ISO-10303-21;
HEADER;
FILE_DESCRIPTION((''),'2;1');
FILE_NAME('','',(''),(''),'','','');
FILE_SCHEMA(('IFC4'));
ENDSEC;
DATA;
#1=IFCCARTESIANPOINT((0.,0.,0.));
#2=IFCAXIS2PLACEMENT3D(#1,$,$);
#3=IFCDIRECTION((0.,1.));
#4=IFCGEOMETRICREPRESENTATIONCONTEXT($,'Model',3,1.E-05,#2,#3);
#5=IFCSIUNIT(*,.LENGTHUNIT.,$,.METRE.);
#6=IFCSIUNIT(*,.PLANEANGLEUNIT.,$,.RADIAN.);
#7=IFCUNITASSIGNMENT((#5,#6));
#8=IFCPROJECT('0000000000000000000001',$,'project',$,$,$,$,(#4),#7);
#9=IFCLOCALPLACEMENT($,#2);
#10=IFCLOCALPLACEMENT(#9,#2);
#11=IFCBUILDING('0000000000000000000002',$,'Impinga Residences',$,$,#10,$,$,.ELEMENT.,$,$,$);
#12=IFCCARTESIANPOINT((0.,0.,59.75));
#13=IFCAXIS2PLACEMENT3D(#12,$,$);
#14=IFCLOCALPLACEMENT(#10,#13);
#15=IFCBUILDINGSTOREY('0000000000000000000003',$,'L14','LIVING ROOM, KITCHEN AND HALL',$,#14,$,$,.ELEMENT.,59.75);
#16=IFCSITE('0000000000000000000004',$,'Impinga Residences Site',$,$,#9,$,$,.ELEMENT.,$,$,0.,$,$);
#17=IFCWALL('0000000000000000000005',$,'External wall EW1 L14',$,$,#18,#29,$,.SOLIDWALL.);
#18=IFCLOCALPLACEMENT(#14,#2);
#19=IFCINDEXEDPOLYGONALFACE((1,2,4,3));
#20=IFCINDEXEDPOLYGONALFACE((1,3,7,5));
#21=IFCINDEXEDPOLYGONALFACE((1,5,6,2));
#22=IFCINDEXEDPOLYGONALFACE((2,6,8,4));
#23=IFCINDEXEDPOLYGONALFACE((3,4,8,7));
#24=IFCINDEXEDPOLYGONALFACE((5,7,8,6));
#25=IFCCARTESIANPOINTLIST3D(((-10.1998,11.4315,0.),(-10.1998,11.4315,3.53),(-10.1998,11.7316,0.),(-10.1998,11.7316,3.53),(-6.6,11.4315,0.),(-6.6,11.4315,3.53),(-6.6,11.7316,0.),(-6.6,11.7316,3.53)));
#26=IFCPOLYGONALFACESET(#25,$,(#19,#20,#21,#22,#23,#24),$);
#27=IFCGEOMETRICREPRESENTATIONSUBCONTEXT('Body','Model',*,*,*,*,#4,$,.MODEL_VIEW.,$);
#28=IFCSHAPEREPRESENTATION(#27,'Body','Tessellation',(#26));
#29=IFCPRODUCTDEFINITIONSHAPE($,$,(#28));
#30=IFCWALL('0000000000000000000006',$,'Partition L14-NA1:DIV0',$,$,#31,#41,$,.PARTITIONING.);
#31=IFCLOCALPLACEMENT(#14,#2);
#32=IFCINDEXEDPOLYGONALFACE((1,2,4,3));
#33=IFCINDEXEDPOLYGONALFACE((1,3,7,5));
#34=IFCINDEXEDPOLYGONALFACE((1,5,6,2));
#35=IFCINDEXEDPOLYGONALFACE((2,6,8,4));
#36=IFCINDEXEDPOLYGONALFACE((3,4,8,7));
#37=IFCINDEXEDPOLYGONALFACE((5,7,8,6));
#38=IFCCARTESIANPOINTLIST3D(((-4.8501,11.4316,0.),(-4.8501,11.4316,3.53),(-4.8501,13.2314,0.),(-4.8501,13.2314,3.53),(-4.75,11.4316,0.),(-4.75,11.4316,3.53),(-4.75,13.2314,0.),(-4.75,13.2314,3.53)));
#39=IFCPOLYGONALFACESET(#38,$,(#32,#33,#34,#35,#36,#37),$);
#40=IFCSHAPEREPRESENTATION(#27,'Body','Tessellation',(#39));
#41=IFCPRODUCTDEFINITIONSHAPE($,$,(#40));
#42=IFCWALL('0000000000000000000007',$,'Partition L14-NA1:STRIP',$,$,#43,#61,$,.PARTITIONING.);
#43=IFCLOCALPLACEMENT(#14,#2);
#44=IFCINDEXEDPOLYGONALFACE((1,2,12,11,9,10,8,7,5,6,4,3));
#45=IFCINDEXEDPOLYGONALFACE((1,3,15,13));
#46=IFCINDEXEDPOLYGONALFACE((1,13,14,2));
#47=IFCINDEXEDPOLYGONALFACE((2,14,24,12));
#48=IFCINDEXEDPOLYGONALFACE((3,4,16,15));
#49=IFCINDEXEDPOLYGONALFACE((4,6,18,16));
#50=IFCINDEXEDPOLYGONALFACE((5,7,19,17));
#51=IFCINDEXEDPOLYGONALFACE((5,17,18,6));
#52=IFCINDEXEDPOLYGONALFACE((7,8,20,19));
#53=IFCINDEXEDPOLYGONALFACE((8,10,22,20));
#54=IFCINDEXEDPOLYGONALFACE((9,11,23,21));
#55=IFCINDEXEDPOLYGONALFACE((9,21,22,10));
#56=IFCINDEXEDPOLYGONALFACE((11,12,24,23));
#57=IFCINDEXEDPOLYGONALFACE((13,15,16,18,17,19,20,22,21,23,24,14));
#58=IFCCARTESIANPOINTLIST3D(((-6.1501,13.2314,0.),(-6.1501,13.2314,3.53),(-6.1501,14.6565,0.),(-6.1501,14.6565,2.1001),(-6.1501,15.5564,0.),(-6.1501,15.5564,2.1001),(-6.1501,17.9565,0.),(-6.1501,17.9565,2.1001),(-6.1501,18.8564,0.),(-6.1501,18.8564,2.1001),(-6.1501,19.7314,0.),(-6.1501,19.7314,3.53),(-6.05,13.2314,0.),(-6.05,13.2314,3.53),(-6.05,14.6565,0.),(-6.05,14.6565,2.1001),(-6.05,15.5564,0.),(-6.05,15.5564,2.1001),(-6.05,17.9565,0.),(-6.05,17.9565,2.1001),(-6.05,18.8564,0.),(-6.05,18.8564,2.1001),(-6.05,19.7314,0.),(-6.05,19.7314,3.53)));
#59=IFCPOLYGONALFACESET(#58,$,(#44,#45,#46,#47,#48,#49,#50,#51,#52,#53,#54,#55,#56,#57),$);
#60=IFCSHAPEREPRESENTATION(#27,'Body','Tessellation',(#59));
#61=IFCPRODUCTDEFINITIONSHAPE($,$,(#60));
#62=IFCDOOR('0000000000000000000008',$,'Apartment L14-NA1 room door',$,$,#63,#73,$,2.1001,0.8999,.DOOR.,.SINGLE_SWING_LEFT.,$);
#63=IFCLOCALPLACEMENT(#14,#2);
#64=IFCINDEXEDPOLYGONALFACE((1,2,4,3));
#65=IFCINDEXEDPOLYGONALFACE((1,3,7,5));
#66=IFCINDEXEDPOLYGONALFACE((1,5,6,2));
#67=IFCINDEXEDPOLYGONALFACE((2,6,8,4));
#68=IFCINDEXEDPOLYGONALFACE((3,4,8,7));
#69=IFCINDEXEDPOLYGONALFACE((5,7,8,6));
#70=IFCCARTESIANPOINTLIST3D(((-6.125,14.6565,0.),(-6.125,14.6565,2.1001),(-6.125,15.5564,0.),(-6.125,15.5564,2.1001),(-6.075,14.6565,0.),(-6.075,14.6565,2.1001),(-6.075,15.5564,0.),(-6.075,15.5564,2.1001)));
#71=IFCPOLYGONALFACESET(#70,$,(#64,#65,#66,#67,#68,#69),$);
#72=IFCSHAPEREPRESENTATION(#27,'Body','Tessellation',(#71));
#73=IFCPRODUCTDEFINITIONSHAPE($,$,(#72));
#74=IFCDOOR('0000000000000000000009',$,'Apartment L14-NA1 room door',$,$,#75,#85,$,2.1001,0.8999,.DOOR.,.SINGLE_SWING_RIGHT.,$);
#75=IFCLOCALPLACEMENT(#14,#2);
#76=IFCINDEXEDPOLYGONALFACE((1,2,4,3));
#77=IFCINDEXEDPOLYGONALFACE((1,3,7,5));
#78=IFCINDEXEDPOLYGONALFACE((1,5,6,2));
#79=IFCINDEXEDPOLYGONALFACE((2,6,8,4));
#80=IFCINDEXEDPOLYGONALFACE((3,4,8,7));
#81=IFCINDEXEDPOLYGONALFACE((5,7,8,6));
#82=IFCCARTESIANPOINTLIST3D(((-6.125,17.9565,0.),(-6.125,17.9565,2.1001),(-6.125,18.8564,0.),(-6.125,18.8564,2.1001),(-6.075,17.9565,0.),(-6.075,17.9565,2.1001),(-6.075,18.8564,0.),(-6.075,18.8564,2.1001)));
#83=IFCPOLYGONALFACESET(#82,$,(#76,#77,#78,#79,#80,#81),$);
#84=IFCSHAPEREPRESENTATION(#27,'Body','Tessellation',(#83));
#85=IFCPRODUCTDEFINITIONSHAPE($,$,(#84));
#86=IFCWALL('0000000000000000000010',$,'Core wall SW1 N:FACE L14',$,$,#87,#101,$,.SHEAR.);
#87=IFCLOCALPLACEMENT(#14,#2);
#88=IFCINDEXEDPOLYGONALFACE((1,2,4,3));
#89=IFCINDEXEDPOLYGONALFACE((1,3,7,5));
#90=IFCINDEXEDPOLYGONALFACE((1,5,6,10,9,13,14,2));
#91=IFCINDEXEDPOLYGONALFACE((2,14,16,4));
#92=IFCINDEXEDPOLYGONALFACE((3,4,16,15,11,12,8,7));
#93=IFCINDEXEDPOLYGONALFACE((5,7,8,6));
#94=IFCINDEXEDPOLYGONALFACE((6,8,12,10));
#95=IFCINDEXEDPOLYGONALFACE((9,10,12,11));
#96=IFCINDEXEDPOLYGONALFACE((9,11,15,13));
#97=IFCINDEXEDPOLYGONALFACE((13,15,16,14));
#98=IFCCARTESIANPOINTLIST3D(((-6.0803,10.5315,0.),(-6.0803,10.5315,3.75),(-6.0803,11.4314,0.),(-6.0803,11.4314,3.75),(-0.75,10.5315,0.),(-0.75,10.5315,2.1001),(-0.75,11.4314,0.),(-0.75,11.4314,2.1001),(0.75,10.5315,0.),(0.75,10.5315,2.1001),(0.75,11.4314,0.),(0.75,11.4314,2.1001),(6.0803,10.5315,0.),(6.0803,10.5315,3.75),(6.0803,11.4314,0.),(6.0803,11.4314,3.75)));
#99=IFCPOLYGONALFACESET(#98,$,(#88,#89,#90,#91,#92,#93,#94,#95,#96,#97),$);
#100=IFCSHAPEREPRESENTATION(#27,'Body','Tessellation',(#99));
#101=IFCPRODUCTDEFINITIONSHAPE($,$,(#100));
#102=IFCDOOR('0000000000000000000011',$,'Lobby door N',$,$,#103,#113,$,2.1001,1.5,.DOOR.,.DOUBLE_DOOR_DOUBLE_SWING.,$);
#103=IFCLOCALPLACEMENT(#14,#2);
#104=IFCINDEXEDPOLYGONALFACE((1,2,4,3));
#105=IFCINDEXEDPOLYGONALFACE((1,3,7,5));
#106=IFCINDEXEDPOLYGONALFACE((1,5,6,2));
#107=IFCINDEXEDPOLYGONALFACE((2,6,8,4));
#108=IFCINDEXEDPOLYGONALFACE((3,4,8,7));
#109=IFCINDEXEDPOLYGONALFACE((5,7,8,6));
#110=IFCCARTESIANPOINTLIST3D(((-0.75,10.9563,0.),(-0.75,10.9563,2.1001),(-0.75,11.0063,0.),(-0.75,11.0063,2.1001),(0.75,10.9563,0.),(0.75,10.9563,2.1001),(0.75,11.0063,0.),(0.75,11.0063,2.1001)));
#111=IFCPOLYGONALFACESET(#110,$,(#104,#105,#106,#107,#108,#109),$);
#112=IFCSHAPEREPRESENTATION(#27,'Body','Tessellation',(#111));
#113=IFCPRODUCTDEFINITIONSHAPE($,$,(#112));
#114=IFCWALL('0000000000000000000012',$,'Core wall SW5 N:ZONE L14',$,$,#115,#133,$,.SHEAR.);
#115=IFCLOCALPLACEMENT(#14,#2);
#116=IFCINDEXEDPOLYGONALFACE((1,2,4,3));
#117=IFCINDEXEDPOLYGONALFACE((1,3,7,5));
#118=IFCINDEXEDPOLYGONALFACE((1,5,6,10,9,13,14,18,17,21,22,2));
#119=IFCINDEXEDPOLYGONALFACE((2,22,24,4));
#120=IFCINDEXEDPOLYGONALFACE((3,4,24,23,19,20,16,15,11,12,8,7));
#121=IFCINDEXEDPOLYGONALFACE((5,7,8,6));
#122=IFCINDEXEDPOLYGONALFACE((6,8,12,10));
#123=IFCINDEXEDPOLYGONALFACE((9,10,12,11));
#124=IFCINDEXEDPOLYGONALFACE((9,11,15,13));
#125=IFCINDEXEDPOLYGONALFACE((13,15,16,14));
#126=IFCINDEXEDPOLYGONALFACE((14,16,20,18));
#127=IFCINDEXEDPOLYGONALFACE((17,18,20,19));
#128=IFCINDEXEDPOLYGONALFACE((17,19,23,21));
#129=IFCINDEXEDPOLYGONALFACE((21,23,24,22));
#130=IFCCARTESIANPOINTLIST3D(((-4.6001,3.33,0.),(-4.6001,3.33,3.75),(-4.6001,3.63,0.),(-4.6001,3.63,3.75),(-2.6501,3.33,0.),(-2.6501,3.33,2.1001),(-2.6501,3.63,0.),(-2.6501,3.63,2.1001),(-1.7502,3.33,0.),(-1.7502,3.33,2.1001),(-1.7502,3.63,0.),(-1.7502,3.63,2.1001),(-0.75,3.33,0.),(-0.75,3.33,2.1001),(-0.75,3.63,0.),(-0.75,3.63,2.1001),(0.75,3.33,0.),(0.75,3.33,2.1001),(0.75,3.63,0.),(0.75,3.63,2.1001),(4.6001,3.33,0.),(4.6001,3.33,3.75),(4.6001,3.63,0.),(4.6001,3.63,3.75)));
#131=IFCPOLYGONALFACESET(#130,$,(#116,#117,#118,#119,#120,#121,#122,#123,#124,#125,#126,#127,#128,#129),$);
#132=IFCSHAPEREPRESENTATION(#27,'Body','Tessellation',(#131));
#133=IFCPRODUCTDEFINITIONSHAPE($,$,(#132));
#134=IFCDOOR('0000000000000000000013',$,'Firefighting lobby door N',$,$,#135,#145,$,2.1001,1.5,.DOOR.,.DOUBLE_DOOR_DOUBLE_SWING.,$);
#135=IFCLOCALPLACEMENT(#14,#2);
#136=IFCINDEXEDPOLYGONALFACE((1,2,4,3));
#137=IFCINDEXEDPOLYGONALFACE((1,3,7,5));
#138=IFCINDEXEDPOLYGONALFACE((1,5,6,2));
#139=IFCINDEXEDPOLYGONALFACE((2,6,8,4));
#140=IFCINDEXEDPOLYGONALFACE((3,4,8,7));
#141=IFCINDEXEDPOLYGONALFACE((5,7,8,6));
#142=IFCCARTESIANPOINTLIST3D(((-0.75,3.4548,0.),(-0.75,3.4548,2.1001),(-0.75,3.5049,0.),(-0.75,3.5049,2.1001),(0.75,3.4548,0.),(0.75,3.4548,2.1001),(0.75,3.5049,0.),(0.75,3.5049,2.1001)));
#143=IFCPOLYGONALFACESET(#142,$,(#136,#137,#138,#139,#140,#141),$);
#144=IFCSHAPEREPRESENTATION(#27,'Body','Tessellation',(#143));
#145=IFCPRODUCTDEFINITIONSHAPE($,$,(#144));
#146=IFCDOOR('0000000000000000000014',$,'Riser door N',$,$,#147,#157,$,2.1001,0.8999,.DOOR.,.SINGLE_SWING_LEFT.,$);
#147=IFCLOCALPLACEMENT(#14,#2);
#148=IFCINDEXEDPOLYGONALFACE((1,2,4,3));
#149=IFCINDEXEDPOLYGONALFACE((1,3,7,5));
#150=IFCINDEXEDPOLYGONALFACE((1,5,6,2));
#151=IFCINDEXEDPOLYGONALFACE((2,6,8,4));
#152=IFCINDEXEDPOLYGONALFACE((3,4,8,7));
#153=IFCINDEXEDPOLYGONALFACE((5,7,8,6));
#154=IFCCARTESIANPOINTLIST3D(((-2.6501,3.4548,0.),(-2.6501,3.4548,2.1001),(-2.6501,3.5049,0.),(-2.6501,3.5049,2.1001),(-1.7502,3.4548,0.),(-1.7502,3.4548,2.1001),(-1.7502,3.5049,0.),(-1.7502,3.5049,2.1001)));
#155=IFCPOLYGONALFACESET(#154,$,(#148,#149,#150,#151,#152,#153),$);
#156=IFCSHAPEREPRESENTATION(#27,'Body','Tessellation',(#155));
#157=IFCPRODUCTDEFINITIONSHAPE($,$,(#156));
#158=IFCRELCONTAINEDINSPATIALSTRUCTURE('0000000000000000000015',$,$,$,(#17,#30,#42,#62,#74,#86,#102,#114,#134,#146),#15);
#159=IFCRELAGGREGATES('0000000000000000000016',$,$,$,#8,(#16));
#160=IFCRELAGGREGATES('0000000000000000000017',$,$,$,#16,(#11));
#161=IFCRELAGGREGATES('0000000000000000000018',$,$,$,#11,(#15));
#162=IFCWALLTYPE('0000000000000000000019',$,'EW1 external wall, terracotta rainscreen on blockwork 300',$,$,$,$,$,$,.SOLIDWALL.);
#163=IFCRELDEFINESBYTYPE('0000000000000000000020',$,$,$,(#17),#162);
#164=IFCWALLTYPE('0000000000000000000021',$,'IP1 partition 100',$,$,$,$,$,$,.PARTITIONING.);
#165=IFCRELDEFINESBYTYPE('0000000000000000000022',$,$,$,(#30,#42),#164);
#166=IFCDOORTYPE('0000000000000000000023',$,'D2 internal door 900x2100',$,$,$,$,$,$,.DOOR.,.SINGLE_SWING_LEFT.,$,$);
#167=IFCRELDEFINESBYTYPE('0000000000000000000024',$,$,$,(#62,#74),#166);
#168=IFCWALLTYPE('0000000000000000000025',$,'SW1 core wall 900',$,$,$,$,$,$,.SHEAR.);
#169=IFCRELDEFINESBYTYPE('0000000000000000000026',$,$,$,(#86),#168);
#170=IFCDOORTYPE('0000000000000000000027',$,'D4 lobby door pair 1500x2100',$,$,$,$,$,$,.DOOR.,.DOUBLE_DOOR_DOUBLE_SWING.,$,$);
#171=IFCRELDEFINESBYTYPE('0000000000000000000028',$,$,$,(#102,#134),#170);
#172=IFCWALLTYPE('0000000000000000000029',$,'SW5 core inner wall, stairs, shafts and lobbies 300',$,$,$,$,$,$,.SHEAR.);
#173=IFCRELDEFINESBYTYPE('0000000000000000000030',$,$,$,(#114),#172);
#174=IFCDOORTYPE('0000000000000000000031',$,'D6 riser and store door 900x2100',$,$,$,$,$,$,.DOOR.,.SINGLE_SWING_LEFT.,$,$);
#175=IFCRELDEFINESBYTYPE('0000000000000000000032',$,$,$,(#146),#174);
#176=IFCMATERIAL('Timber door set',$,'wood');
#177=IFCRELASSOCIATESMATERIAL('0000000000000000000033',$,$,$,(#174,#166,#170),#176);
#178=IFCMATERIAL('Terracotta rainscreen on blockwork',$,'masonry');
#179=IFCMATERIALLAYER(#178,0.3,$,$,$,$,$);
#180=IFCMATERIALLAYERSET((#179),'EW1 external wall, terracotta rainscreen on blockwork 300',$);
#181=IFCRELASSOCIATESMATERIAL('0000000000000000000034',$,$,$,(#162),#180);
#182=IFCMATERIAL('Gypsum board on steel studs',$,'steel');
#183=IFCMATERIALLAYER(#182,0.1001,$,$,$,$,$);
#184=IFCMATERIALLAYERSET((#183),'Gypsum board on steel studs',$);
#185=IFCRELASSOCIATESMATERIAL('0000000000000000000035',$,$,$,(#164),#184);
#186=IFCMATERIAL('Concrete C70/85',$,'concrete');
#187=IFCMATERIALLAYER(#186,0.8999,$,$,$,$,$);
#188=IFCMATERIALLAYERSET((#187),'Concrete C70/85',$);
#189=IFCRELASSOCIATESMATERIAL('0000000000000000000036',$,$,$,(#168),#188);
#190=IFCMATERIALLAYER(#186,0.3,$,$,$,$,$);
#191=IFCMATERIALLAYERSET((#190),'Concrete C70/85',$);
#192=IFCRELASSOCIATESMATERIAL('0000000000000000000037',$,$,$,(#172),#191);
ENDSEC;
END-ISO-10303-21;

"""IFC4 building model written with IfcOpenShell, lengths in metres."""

from ifc_helpers import new_model, si_unit, direction, frame, frame_2d, origin, place, context, subcontext, project, spatial, rectangle, extrude, material, layer, layer_set, type_object, element, fill, save


model = new_model("IFC4")

# Units and contexts
model_context = context("Model", 3, precision=1e-05, world=origin(), true_north=direction((0.0, 1.0)))
body_context = subcontext(model_context, "Body", "Model", "MODEL_VIEW")
ifc_project = project(units=[si_unit("LENGTHUNIT", "METRE"), si_unit("PLANEANGLEUNIT", "RADIAN")], contexts=[model_context])

# Site, building, storey
site_placement = place(None, origin())
site = spatial("IfcSite", under=ifc_project, at=site_placement, Name="Impinga Residences Site", CompositionType="ELEMENT", RefElevation=0.0)
building_placement = place(site_placement, origin())
building = spatial("IfcBuilding", under=site, at=building_placement, Name="Impinga Residences", CompositionType="ELEMENT")
storey_placement = place(building_placement, frame((0.0, 0.0, 59.75)))
storey = spatial("IfcBuildingStorey", under=building, at=storey_placement, Name="L14", Description="LIVING ROOM, KITCHEN AND HALL", CompositionType="ELEMENT", Elevation=59.75)

# Shared definitions
ifc_material_1 = material(Name="Concrete C70/85", Category="concrete")
ifc_material_2 = material(Name="Timber door set", Category="wood")
door_type_1 = type_object("IfcDoorType", Name="D6 riser and store door 900x2100", OperationType="SINGLE_SWING_LEFT", PredefinedType="DOOR", material=ifc_material_2)

# Walls
ifc_material_3 = material(Name="Terracotta rainscreen on blockwork", Category="masonry")
ifc_layer_1 = layer(ifc_material_3, 0.3)
ifc_layer_set_1 = layer_set([ifc_layer_1], Name="EW1 external wall, terracotta rainscreen on blockwork 300")
wall_type_1 = type_object("IfcWallType", Name="EW1 external wall, terracotta rainscreen on blockwork 300", PredefinedType="SOLIDWALL", material=ifc_layer_set_1)
wall_1_placement = place(storey_placement, frame((-6.6001, 11.5815, 0.0), z_axis=(0.0, 0.0, 1.0), x_axis=(-1.0, 0.0, 0.0)))
element("IfcWall", 1, at=wall_1_placement, inside=storey, type_object=wall_type_1, Name="External wall EW1 L14", PredefinedType="SOLIDWALL", context=body_context, shape_type="SweptSolid", body=[
    extrude(rectangle(XDim=3.5999, YDim=0.3, at=frame_2d((1.7998, 0.0))), origin(), (0.0, 0.0, 1.0), 3.53),
])
ifc_material_4 = material(Name="Gypsum board on steel studs", Category="steel")
ifc_layer_2 = layer(ifc_material_4, 0.1001)
ifc_layer_set_2 = layer_set([ifc_layer_2], Name="Gypsum board on steel studs")
wall_type_2 = type_object("IfcWallType", Name="IP1 partition 100", PredefinedType="PARTITIONING", material=ifc_layer_set_2)
wall_2_placement = place(storey_placement, frame((-4.8, 11.4316, 0.0), z_axis=(0.0, 0.0, 1.0), x_axis=(0.0, 1.0, 0.0)))
element("IfcWall", 2, at=wall_2_placement, inside=storey, type_object=wall_type_2, Name="Partition L14-NA1:DIV0", PredefinedType="PARTITIONING", context=body_context, shape_type="SweptSolid", body=[
    extrude(rectangle(XDim=1.7998, YDim=0.1001, at=frame_2d((0.8999, 0.0))), origin(), (0.0, 0.0, 1.0), 3.53),
])

# Wall, openings, doors
wall_3_placement = place(storey_placement, frame((-6.1001, 13.2314, 0.0), z_axis=(0.0, 0.0, 1.0), x_axis=(0.0, 1.0, 0.0)))
wall_3 = element("IfcWall", 3, at=wall_3_placement, inside=storey, type_object=wall_type_2, Name="Partition L14-NA1:STRIP", PredefinedType="PARTITIONING", context=body_context, shape_type="SweptSolid", body=[
    extrude(rectangle(XDim=6.5, YDim=0.1001, at=frame_2d((3.25, 0.0))), origin(), (0.0, 0.0, 1.0), 3.53),
])
opening_1_placement = place(wall_3_placement, frame((1.425, 0.0, 0.0)))
opening_1 = element("IfcOpeningElement", 4, at=opening_1_placement, cuts=wall_3, PredefinedType="OPENING", context=body_context, shape_type="SweptSolid", body=[
    extrude(rectangle(XDim=0.8999, YDim=2.1001, at=frame_2d((0.45, 1.05))), frame((0.0, 0.0601, 0.0), z_axis=(0.0, -1.0, 0.0), x_axis=(1.0, 0.0, 0.0)), (0.0, 0.0, 1.0), 0.1201),
])
opening_2_placement = place(wall_3_placement, frame((4.7251, 0.0, 0.0)))
opening_2 = element("IfcOpeningElement", 5, at=opening_2_placement, cuts=wall_3, PredefinedType="OPENING", context=body_context, shape_type="SweptSolid", body=[
    extrude(rectangle(XDim=0.8999, YDim=2.1001, at=frame_2d((0.45, 1.05))), frame((0.0, 0.0601, 0.0), z_axis=(0.0, -1.0, 0.0), x_axis=(1.0, 0.0, 0.0)), (0.0, 0.0, 1.0), 0.1201),
])
door_type_2 = type_object("IfcDoorType", Name="D2 internal door 900x2100", OperationType="SINGLE_SWING_LEFT", PredefinedType="DOOR", material=ifc_material_2)
door_1_placement = place(opening_1_placement, origin())
door_1 = element("IfcDoor", 6, at=door_1_placement, inside=storey, type_object=door_type_2, Name="Apartment L14-NA1 room door", OperationType="SINGLE_SWING_LEFT", OverallHeight=2.1001, OverallWidth=0.8999, PredefinedType="DOOR", context=body_context, shape_type="SweptSolid", body=[
    extrude(rectangle(XDim=0.8999, YDim=2.1001, at=frame_2d((0.45, 1.05))), frame((0.0, 0.0249, 0.0), z_axis=(0.0, -1.0, 0.0), x_axis=(1.0, 0.0, 0.0)), (0.0, 0.0, 1.0), 0.05),
])
fill(opening_1, door_1)
door_2_placement = place(opening_2_placement, origin())
door_2 = element("IfcDoor", 7, at=door_2_placement, inside=storey, type_object=door_type_2, Name="Apartment L14-NA1 room door", OperationType="SINGLE_SWING_RIGHT", OverallHeight=2.1001, OverallWidth=0.8999, PredefinedType="DOOR", context=body_context, shape_type="SweptSolid", body=[
    extrude(rectangle(XDim=0.8999, YDim=2.1001, at=frame_2d((0.45, 1.05))), frame((0.0, 0.0249, 0.0), z_axis=(0.0, -1.0, 0.0), x_axis=(1.0, 0.0, 0.0)), (0.0, 0.0, 1.0), 0.05),
])
fill(opening_2, door_2)

# Wall, opening, door
ifc_layer_3 = layer(ifc_material_1, 0.8999)
ifc_layer_set_3 = layer_set([ifc_layer_3], Name="Concrete C70/85")
wall_type_3 = type_object("IfcWallType", Name="SW1 core wall 900", PredefinedType="SHEAR", material=ifc_layer_set_3)
wall_4_placement = place(storey_placement, frame((-6.0803, 10.9814, 0.0), z_axis=(0.0, 0.0, 1.0), x_axis=(1.0, 0.0, 0.0)))
wall_4 = element("IfcWall", 8, at=wall_4_placement, inside=storey, type_object=wall_type_3, Name="Core wall SW1 N:FACE L14", PredefinedType="SHEAR", context=body_context, shape_type="SweptSolid", body=[
    extrude(rectangle(XDim=12.1606, YDim=0.8999, at=frame_2d((6.0803, 0.0))), origin(), (0.0, 0.0, 1.0), 3.75),
])
opening_3_placement = place(wall_4_placement, frame((5.3303, 0.0, 0.0)))
opening_3 = element("IfcOpeningElement", 9, at=opening_3_placement, cuts=wall_4, PredefinedType="OPENING", context=body_context, shape_type="SweptSolid", body=[
    extrude(rectangle(XDim=1.5, YDim=2.1001, at=frame_2d((0.75, 1.05))), frame((0.0, 0.46, 0.0), z_axis=(0.0, -1.0, 0.0), x_axis=(1.0, 0.0, 0.0)), (0.0, 0.0, 1.0), 0.9199),
])
door_type_3 = type_object("IfcDoorType", Name="D4 lobby door pair 1500x2100", OperationType="DOUBLE_DOOR_DOUBLE_SWING", PredefinedType="DOOR", material=ifc_material_2)
door_3_placement = place(opening_3_placement, origin())
door_3 = element("IfcDoor", 10, at=door_3_placement, inside=storey, type_object=door_type_3, Name="Lobby door N", OperationType="DOUBLE_DOOR_DOUBLE_SWING", OverallHeight=2.1001, OverallWidth=1.5, PredefinedType="DOOR", context=body_context, shape_type="SweptSolid", body=[
    extrude(rectangle(XDim=1.5, YDim=2.1001, at=frame_2d((0.75, 1.05))), frame((0.0, 0.0249, 0.0), z_axis=(0.0, -1.0, 0.0), x_axis=(1.0, 0.0, 0.0)), (0.0, 0.0, 1.0), 0.05),
])
fill(opening_3, door_3)

# Wall, openings, doors
ifc_layer_4 = layer(ifc_material_1, 0.3)
ifc_layer_set_4 = layer_set([ifc_layer_4], Name="Concrete C70/85")
wall_type_4 = type_object("IfcWallType", Name="SW5 core inner wall, stairs, shafts and lobbies 300", PredefinedType="SHEAR", material=ifc_layer_set_4)
wall_5_placement = place(storey_placement, frame((-4.6001, 3.48, 0.0), z_axis=(0.0, 0.0, 1.0), x_axis=(1.0, 0.0, 0.0)))
wall_5 = element("IfcWall", 11, at=wall_5_placement, inside=storey, type_object=wall_type_4, Name="Core wall SW5 N:ZONE L14", PredefinedType="SHEAR", context=body_context, shape_type="SweptSolid", body=[
    extrude(rectangle(XDim=9.2002, YDim=0.3, at=frame_2d((4.6001, 0.0))), origin(), (0.0, 0.0, 1.0), 3.75),
])
opening_4_placement = place(wall_5_placement, frame((3.8501, 0.0, 0.0)))
opening_4 = element("IfcOpeningElement", 12, at=opening_4_placement, cuts=wall_5, PredefinedType="OPENING", context=body_context, shape_type="SweptSolid", body=[
    extrude(rectangle(XDim=1.5, YDim=2.1001, at=frame_2d((0.75, 1.05))), frame((0.0, 0.1599, 0.0), z_axis=(0.0, -1.0, 0.0), x_axis=(1.0, 0.0, 0.0)), (0.0, 0.0, 1.0), 0.3201),
])
opening_5_placement = place(wall_5_placement, frame((1.95, 0.0, 0.0)))
opening_5 = element("IfcOpeningElement", 13, at=opening_5_placement, cuts=wall_5, PredefinedType="OPENING", context=body_context, shape_type="SweptSolid", body=[
    extrude(rectangle(XDim=0.8999, YDim=2.1001, at=frame_2d((0.45, 1.05))), frame((0.0, 0.1599, 0.0), z_axis=(0.0, -1.0, 0.0), x_axis=(1.0, 0.0, 0.0)), (0.0, 0.0, 1.0), 0.3201),
])
door_4_placement = place(opening_4_placement, origin())
door_4 = element("IfcDoor", 14, at=door_4_placement, inside=storey, type_object=door_type_3, Name="Firefighting lobby door N", OperationType="DOUBLE_DOOR_DOUBLE_SWING", OverallHeight=2.1001, OverallWidth=1.5, PredefinedType="DOOR", context=body_context, shape_type="SweptSolid", body=[
    extrude(rectangle(XDim=1.5, YDim=2.1001, at=frame_2d((0.75, 1.05))), frame((0.0, 0.0249, 0.0), z_axis=(0.0, -1.0, 0.0), x_axis=(1.0, 0.0, 0.0)), (0.0, 0.0, 1.0), 0.05),
])
fill(opening_4, door_4)
door_5_placement = place(opening_5_placement, origin())
door_5 = element("IfcDoor", 15, at=door_5_placement, inside=storey, type_object=door_type_1, Name="Riser door N", OperationType="SINGLE_SWING_LEFT", OverallHeight=2.1001, OverallWidth=0.8999, PredefinedType="DOOR", context=body_context, shape_type="SweptSolid", body=[
    extrude(rectangle(XDim=0.8999, YDim=2.1001, at=frame_2d((0.45, 1.05))), frame((0.0, 0.0249, 0.0), z_axis=(0.0, -1.0, 0.0), x_axis=(1.0, 0.0, 0.0)), (0.0, 0.0, 1.0), 0.05),
])
fill(opening_5, door_5)

save(model, "model.ifc")
